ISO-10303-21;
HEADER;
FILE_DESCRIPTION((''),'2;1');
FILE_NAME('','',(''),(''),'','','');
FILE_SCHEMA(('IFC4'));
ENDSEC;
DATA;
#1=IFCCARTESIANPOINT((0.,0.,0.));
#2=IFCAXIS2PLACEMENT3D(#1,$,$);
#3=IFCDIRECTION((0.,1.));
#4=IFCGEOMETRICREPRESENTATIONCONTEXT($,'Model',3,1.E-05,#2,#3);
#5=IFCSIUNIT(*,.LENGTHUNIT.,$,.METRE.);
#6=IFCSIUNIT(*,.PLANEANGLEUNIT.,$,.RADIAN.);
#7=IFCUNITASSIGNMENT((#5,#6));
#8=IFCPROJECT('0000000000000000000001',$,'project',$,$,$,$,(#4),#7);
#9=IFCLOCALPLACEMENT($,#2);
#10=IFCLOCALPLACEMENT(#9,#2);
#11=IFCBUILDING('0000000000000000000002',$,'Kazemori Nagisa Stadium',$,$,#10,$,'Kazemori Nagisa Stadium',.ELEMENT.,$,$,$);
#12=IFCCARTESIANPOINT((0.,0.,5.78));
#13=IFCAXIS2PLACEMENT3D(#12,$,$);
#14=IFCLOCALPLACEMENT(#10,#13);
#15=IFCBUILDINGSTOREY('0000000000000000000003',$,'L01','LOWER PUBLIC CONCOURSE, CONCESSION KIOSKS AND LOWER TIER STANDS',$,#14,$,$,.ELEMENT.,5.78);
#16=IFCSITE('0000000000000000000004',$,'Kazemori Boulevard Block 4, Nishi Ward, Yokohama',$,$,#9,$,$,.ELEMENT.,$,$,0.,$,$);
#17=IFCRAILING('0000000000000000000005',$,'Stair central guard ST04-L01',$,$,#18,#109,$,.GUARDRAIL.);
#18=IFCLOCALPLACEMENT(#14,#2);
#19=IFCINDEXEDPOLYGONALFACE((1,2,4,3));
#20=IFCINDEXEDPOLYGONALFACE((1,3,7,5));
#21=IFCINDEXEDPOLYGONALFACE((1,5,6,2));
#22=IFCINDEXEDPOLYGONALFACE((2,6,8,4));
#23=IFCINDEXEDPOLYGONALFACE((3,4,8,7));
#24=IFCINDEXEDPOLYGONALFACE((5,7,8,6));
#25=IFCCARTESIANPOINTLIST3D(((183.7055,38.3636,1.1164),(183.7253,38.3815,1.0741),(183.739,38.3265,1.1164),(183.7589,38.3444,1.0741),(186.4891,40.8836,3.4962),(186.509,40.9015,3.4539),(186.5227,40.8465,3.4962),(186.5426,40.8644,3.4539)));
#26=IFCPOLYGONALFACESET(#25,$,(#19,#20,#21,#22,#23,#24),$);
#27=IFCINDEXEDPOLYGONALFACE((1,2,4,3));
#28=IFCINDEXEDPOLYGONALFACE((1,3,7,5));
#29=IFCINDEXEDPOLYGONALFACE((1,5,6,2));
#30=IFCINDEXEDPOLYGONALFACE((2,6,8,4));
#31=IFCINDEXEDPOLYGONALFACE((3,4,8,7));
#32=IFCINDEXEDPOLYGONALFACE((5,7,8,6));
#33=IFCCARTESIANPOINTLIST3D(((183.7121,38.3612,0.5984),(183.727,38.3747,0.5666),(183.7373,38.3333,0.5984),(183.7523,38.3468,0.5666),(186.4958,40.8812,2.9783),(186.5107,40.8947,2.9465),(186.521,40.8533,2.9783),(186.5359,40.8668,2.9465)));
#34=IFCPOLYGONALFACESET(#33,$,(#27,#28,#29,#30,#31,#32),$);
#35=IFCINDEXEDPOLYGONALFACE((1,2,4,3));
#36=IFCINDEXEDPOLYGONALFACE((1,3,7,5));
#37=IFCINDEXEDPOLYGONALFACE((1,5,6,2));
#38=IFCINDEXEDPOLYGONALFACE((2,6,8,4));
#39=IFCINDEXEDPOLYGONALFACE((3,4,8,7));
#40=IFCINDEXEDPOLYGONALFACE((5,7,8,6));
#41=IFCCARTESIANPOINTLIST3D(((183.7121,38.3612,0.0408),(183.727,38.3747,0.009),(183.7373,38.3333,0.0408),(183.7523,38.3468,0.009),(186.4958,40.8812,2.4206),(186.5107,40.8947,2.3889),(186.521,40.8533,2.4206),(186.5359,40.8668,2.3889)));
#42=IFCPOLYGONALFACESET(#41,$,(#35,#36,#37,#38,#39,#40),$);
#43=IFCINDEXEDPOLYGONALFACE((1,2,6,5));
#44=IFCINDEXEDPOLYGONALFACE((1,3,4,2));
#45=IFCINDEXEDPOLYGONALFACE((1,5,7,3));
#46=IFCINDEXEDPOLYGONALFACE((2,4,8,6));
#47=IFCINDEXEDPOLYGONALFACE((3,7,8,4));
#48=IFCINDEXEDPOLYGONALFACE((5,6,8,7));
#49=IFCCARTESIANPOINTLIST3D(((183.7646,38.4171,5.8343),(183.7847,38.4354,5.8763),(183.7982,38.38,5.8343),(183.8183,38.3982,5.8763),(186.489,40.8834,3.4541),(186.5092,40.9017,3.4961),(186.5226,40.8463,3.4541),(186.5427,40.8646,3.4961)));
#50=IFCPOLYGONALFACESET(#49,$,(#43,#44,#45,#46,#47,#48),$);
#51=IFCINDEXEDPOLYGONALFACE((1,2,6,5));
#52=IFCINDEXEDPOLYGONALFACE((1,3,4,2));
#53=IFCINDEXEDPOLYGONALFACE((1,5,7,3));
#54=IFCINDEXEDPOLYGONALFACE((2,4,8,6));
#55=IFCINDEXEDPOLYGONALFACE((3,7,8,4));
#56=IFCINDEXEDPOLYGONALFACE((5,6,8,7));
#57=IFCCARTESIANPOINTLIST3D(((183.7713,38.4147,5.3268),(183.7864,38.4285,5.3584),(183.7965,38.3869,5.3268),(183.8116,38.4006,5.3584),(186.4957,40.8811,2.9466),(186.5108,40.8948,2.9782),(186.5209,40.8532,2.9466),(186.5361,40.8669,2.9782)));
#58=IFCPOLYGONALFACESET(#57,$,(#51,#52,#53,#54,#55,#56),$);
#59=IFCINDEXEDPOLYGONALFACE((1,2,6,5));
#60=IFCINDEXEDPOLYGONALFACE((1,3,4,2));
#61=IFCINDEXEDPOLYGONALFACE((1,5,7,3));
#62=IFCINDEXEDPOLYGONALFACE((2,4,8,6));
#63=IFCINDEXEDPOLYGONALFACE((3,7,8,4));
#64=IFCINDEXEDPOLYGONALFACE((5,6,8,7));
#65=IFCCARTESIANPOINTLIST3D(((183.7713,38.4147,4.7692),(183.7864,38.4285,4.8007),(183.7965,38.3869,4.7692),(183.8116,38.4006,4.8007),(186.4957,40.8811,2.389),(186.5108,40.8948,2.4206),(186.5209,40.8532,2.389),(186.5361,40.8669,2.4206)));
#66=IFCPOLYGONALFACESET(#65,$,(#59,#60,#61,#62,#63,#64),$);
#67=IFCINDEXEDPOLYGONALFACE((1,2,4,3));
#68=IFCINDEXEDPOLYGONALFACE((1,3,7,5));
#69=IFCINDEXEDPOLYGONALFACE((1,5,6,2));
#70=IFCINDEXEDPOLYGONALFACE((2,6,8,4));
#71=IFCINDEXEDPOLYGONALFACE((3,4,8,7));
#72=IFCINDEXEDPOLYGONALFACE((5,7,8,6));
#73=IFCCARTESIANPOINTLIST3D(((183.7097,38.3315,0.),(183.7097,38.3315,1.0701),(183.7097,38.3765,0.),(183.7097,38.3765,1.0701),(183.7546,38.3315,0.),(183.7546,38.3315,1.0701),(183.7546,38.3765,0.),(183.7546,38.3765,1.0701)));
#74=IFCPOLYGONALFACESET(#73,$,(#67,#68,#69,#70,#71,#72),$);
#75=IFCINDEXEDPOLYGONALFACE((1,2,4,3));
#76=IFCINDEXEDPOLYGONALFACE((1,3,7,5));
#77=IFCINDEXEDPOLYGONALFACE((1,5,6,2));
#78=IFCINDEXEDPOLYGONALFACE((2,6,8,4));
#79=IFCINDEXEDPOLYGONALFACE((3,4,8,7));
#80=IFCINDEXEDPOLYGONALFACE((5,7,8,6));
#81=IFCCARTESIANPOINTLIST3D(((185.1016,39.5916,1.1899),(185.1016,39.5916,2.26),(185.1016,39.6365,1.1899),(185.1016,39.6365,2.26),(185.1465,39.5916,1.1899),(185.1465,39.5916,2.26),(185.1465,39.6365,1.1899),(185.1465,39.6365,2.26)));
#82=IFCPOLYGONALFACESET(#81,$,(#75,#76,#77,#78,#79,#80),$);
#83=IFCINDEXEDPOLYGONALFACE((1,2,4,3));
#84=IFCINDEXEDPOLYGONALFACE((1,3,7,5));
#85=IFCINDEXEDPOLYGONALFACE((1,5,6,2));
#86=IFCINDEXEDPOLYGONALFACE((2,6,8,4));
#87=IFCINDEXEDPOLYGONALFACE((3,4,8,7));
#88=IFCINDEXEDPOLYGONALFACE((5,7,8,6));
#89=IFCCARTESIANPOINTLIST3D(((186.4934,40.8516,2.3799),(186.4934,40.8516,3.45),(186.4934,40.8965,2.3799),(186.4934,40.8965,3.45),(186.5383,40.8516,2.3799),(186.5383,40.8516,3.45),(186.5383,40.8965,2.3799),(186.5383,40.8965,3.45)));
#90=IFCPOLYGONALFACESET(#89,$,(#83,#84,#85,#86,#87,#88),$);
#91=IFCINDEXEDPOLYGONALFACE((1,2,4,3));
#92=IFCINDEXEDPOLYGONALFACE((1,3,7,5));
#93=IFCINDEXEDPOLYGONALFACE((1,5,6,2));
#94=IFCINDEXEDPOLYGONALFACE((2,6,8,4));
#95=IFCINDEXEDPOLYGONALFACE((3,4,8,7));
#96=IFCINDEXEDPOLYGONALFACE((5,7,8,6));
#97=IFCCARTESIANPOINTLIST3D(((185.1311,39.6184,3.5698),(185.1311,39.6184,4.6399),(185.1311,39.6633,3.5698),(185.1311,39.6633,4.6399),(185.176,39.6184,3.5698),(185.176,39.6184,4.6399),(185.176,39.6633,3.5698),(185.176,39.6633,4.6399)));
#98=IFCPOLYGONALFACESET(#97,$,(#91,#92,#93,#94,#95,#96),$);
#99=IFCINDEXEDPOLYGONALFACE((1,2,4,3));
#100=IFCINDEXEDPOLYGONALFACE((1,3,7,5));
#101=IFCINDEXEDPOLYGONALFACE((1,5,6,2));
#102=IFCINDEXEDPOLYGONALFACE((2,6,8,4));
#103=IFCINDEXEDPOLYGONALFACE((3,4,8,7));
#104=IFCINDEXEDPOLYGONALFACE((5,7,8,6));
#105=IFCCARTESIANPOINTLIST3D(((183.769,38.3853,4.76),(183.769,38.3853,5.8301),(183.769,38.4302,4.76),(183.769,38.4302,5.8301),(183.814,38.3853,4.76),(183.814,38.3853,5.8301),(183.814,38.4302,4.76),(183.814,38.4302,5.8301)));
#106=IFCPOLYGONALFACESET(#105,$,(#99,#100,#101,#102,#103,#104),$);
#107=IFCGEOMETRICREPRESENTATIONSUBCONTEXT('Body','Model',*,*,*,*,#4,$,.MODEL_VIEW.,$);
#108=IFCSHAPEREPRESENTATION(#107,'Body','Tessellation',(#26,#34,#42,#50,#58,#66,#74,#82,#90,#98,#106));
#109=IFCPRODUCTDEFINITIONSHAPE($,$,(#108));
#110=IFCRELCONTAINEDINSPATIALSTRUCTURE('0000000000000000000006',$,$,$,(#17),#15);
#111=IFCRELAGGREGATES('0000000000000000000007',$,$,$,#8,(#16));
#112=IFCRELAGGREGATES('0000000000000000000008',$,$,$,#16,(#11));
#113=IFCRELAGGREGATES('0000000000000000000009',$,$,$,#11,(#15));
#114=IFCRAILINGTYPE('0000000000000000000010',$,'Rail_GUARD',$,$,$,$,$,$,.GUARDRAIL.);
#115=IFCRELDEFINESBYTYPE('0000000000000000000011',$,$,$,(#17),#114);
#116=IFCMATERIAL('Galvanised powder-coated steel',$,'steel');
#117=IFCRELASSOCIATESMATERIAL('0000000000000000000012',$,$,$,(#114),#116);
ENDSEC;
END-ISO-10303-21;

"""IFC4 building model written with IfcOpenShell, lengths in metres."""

from ifc_helpers import new_model, si_unit, direction, frame, origin, origin_2d, place, context, subcontext, project, spatial, rectangle, extrude, material, type_object, element, save


model = new_model("IFC4")

# Units and contexts
model_context = context("Model", 3, precision=1e-05, world=origin(), true_north=direction((0.0, 1.0)))
body_context = subcontext(model_context, "Body", "Model", "MODEL_VIEW")
ifc_project = project(units=[si_unit("LENGTHUNIT", "METRE"), si_unit("PLANEANGLEUNIT", "RADIAN")], contexts=[model_context])

# Site, building, storey
site_placement = place(None, origin())
site = spatial("IfcSite", under=ifc_project, at=site_placement, Name="Kazemori Boulevard Block 4, Nishi Ward, Yokohama", CompositionType="ELEMENT", RefElevation=0.0)
building_placement = place(site_placement, origin())
building = spatial("IfcBuilding", under=site, at=building_placement, Name="Kazemori Nagisa Stadium", LongName="Kazemori Nagisa Stadium", CompositionType="ELEMENT")
storey_placement = place(building_placement, frame((0.0, 0.0, 5.78)))
storey = spatial("IfcBuildingStorey", under=building, at=storey_placement, Name="L01", Description="LOWER PUBLIC CONCOURSE, CONCESSION KIOSKS AND LOWER TIER STANDS", CompositionType="ELEMENT", Elevation=5.78)

# Railing
ifc_material_1 = material(Name="Galvanised powder-coated steel", Category="steel")
railing_type_1 = type_object("IfcRailingType", Name="Rail_GUARD", PredefinedType="GUARDRAIL", material=ifc_material_1)
railing_1_placement = place(storey_placement, frame((183.7322, 38.354, 0.0)))
element("IfcRailing", 1, at=railing_1_placement, inside=storey, type_object=railing_type_1, Name="Stair central guard ST04-L01", PredefinedType="GUARDRAIL", context=body_context, shape_type="SweptSolid", body=[
    extrude(rectangle(XDim=0.05, YDim=0.05, at=origin_2d()), frame((0.0, 0.0, 1.0952), z_axis=(0.626169, 0.566858, 0.535336), x_axis=(-0.671124, 0.741345, 0.0)), (0.0, 0.0, 1.0), 4.4456),
    extrude(rectangle(XDim=0.0376, YDim=0.0376, at=origin_2d()), frame((0.0, 0.0, 0.5825), z_axis=(0.626169, 0.566858, 0.535336), x_axis=(-0.671124, 0.741345, 0.0)), (0.0, 0.0, 1.0), 4.4456),
    extrude(rectangle(XDim=0.0376, YDim=0.0376, at=origin_2d()), frame((0.0, 0.0, 0.0249), z_axis=(0.626169, 0.566858, 0.535336), x_axis=(-0.671124, 0.741345, 0.0)), (0.0, 0.0, 1.0), 4.4456),
    extrude(rectangle(XDim=0.05, YDim=0.05, at=origin_2d()), frame((2.7837, 2.52, 3.4751), z_axis=(-0.622237, -0.563298, 0.543614), x_axis=(0.671124, -0.741345, 0.0)), (0.0, 0.0, 1.0), 4.3784),
    extrude(rectangle(XDim=0.0376, YDim=0.0376, at=origin_2d()), frame((2.7837, 2.52, 2.9624), z_axis=(-0.622237, -0.563298, 0.543614), x_axis=(0.671124, -0.741345, 0.0)), (0.0, 0.0, 1.0), 4.3784),
    extrude(rectangle(XDim=0.0376, YDim=0.0376, at=origin_2d()), frame((2.7837, 2.52, 2.4048), z_axis=(-0.622237, -0.563298, 0.543614), x_axis=(0.671124, -0.741345, 0.0)), (0.0, 0.0, 1.0), 4.3784),
    extrude(rectangle(XDim=0.0449, YDim=0.0449, at=origin_2d()), origin(), (0.0, 0.0, 1.0), 1.0701),
    extrude(rectangle(XDim=0.0449, YDim=0.0449, at=origin_2d()), frame((1.3918, 1.26, 1.1899)), (0.0, 0.0, 1.0), 1.0701),
    extrude(rectangle(XDim=0.0449, YDim=0.0449, at=origin_2d()), frame((2.7837, 2.52, 2.3799)), (0.0, 0.0, 1.0), 1.0701),
    extrude(rectangle(XDim=0.0449, YDim=0.0449, at=origin_2d()), frame((1.4214, 1.2869, 3.5698)), (0.0, 0.0, 1.0), 1.0701),
    extrude(rectangle(XDim=0.0449, YDim=0.0449, at=origin_2d()), frame((0.0593, 0.0537, 4.76)), (0.0, 0.0, 1.0), 1.0701),
])

save(model, "model.ifc")
